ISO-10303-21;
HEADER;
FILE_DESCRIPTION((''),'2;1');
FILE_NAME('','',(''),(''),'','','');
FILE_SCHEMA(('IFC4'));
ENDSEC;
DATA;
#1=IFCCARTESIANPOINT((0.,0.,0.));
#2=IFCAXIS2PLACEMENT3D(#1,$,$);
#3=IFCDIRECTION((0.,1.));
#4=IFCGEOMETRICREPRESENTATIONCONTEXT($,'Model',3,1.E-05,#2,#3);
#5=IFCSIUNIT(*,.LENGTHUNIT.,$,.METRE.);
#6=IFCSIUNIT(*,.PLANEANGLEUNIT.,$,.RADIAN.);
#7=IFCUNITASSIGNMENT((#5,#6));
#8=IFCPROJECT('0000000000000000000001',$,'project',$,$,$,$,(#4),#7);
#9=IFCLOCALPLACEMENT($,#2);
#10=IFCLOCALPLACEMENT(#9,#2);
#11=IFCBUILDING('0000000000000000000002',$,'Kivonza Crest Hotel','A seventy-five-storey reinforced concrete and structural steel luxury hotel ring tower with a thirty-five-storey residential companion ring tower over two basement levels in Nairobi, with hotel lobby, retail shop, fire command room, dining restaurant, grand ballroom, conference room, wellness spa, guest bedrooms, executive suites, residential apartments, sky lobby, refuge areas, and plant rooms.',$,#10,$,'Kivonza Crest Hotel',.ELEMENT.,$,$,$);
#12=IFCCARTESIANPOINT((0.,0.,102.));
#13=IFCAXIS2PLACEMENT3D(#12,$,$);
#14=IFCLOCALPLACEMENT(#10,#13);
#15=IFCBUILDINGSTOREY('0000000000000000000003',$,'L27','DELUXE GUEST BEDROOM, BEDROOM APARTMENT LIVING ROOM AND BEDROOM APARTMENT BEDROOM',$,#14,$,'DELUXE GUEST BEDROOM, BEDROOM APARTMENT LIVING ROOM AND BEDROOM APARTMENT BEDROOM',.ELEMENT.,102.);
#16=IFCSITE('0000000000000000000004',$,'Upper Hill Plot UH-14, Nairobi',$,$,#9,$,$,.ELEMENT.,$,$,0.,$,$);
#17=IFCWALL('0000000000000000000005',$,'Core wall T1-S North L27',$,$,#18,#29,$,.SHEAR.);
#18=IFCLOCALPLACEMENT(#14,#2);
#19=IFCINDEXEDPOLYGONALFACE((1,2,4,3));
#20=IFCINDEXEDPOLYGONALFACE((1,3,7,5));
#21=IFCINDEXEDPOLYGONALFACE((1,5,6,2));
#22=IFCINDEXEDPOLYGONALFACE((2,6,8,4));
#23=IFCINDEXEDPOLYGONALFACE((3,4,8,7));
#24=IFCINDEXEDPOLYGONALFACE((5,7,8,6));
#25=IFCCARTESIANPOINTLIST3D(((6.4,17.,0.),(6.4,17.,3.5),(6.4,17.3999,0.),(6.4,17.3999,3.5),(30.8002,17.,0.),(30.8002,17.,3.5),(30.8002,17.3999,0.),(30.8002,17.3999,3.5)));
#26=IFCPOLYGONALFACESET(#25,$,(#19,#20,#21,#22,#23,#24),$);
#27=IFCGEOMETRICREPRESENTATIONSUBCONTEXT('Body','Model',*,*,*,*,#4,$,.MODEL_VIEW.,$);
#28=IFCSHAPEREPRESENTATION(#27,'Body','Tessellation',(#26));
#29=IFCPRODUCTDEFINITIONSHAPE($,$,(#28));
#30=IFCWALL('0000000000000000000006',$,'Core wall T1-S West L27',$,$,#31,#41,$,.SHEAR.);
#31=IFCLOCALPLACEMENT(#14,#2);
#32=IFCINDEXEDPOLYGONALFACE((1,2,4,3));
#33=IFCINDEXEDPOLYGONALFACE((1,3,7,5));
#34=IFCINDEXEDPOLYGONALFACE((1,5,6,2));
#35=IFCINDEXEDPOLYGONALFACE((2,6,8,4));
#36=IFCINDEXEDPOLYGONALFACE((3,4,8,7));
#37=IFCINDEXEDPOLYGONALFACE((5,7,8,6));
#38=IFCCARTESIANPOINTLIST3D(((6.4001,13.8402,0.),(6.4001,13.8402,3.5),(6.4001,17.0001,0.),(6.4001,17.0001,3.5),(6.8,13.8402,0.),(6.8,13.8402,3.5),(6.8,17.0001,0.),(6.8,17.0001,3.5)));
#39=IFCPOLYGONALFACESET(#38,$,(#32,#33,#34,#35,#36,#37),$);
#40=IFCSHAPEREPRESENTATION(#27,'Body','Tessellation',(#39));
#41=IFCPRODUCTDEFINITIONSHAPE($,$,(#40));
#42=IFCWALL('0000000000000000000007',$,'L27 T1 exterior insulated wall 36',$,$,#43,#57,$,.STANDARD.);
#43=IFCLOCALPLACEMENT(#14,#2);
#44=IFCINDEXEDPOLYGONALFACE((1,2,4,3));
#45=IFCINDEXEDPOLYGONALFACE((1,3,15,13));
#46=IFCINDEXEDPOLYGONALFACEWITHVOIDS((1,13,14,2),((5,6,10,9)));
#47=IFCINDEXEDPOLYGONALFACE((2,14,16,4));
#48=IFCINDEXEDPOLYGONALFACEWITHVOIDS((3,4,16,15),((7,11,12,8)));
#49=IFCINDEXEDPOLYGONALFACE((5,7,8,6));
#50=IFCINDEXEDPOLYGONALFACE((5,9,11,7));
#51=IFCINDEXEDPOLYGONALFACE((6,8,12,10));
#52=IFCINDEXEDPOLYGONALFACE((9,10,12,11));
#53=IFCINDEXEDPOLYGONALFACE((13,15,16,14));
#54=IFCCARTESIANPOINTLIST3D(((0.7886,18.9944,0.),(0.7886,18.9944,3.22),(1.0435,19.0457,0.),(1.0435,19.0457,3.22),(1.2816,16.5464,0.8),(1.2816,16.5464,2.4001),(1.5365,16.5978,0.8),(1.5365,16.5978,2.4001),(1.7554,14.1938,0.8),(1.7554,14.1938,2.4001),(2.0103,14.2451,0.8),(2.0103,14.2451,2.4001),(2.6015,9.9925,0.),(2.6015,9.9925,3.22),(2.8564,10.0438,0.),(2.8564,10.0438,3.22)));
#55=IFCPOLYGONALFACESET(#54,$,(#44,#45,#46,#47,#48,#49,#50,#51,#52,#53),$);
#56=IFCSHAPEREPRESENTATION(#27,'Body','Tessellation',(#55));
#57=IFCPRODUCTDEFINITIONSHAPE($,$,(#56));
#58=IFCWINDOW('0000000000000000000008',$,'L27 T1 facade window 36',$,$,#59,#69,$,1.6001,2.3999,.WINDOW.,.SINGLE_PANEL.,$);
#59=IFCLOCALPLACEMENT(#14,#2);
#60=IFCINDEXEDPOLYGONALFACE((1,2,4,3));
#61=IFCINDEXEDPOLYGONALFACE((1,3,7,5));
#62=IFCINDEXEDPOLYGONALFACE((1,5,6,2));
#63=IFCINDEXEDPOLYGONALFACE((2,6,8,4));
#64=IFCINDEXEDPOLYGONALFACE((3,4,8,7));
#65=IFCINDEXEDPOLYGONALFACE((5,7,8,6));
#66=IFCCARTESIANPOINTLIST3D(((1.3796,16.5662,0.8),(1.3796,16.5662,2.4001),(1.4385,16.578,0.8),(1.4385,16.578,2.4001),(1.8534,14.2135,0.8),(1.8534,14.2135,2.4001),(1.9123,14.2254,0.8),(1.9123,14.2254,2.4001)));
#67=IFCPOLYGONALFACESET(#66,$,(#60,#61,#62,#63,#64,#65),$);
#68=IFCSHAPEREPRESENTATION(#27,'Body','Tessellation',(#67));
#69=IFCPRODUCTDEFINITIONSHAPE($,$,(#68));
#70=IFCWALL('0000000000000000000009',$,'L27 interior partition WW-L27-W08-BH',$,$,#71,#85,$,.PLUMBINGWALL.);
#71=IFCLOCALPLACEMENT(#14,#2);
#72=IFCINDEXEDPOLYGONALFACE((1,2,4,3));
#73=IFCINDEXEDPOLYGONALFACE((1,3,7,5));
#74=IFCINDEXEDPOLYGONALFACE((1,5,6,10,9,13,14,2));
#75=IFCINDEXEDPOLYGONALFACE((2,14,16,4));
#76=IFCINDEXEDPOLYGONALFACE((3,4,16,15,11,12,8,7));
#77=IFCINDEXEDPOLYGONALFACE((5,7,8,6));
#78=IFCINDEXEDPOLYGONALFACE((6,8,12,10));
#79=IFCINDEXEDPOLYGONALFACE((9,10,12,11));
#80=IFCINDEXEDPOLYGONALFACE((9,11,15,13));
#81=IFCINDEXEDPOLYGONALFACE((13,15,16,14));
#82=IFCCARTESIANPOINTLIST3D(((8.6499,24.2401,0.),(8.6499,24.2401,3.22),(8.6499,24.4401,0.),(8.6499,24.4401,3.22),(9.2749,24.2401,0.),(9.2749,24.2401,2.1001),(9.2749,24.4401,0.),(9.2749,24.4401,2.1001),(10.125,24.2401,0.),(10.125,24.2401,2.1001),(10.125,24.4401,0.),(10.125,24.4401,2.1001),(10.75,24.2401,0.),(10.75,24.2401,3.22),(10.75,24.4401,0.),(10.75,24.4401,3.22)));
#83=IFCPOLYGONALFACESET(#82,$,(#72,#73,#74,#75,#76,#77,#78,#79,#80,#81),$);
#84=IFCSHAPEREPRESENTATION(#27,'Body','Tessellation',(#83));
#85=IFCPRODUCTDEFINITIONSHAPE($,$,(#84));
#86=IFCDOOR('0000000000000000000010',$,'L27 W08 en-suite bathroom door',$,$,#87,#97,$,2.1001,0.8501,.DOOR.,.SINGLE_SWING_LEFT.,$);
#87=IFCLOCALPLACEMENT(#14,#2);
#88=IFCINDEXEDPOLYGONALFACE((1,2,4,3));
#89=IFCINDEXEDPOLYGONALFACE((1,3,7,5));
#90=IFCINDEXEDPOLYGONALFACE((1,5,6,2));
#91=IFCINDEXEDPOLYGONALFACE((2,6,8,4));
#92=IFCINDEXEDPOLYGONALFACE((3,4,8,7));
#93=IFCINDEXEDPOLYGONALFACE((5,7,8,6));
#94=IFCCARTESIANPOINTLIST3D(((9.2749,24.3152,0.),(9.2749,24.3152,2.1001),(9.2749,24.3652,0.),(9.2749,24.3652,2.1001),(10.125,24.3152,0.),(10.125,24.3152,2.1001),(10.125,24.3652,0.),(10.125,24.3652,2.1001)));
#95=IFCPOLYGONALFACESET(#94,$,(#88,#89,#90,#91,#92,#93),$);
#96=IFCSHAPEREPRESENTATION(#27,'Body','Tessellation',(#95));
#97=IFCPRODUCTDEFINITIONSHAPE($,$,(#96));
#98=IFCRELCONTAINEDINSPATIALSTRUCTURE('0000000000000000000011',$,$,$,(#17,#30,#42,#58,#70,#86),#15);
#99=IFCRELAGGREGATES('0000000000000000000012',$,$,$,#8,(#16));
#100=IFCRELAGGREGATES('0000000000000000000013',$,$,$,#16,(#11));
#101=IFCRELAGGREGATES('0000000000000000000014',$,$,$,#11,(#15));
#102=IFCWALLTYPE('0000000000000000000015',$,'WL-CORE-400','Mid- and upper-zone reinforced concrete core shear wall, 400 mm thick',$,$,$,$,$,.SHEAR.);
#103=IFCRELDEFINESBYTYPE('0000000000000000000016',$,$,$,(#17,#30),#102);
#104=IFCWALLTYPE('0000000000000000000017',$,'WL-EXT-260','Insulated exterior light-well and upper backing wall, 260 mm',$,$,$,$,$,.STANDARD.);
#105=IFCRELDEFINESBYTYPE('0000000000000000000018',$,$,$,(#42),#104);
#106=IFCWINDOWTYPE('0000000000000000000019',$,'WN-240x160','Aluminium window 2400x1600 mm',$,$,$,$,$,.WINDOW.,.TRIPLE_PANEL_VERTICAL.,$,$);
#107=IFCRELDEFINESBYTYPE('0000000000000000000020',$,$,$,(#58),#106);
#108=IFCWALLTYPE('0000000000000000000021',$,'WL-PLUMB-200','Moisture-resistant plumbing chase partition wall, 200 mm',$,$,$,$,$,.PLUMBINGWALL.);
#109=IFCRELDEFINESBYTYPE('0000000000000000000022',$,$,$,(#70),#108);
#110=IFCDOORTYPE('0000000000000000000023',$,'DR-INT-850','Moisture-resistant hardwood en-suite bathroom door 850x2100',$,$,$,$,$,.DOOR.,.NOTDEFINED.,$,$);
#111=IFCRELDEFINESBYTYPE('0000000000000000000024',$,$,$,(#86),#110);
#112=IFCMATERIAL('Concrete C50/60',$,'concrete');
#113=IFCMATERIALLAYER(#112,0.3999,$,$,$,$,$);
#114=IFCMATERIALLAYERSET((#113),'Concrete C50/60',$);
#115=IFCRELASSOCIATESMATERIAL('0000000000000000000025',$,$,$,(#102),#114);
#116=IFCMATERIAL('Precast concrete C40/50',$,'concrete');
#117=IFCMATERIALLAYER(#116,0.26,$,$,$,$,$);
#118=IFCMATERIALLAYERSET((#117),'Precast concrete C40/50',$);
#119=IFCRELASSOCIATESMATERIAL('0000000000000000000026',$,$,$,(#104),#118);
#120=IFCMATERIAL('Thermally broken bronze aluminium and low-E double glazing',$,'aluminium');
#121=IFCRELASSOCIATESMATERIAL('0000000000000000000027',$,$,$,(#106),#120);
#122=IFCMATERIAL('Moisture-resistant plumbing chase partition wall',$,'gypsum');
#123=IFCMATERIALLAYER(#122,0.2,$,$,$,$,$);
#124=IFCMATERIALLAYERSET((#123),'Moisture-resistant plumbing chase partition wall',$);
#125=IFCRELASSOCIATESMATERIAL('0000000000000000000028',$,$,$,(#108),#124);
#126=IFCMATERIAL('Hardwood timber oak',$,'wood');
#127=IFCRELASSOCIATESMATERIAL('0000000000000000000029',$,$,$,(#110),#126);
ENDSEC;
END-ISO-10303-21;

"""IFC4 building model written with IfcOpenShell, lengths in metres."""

from ifc_helpers import new_model, si_unit, direction, frame, frame_2d, origin, place, context, subcontext, project, spatial, rectangle, extrude, material, layer, layer_set, type_object, element, fill, save


model = new_model("IFC4")

# Units and contexts
model_context = context("Model", 3, precision=1e-05, world=origin(), true_north=direction((0.0, 1.0)))
body_context = subcontext(model_context, "Body", "Model", "MODEL_VIEW")
ifc_project = project(units=[si_unit("LENGTHUNIT", "METRE"), si_unit("PLANEANGLEUNIT", "RADIAN")], contexts=[model_context])

# Site, building, storey
site_placement = place(None, origin())
site = spatial("IfcSite", under=ifc_project, at=site_placement, Name="Upper Hill Plot UH-14, Nairobi", CompositionType="ELEMENT", RefElevation=0.0)
building_placement = place(site_placement, origin())
building = spatial("IfcBuilding", under=site, at=building_placement, Name="Kivonza Crest Hotel", Description="A seventy-five-storey reinforced concrete and structural steel luxury hotel ring tower with a thirty-five-storey residential companion ring tower over two basement levels in Nairobi, with hotel lobby, retail shop, fire command room, dining restaurant, grand ballroom, conference room, wellness spa, guest bedrooms, executive suites, residential apartments, sky lobby, refuge areas, and plant rooms.", LongName="Kivonza Crest Hotel", CompositionType="ELEMENT")
storey_placement = place(building_placement, frame((0.0, 0.0, 102.0)))
storey = spatial("IfcBuildingStorey", under=building, at=storey_placement, Name="L27", Description="DELUXE GUEST BEDROOM, BEDROOM APARTMENT LIVING ROOM AND BEDROOM APARTMENT BEDROOM", LongName="DELUXE GUEST BEDROOM, BEDROOM APARTMENT LIVING ROOM AND BEDROOM APARTMENT BEDROOM", CompositionType="ELEMENT", Elevation=102.0)

# Shared definitions
ifc_material_1 = material(Name="Concrete C50/60", Category="concrete")

# Shared definitions
ifc_layer_1 = layer(ifc_material_1, 0.3999)
ifc_layer_set_1 = layer_set([ifc_layer_1], Name="Concrete C50/60")
wall_type_1 = type_object("IfcWallType", Name="WL-CORE-400", Description="Mid- and upper-zone reinforced concrete core shear wall, 400 mm thick", PredefinedType="SHEAR", material=ifc_layer_set_1)
ifc_material_2 = material(Name="Hardwood timber oak", Category="wood")

# Walls
wall_1_placement = place(storey_placement, frame((6.3999, 17.2, 0.0), z_axis=(0.0, 0.0, 1.0), x_axis=(1.0, 0.0, 0.0)))
element("IfcWall", 1, at=wall_1_placement, inside=storey, type_object=wall_type_1, Name="Core wall T1-S North L27", PredefinedType="SHEAR", context=body_context, shape_type="SweptSolid", body=[
    extrude(rectangle(XDim=24.4001, YDim=0.3999, at=frame_2d((12.2002, 0.0))), origin(), (0.0, 0.0, 1.0), 3.5),
])
wall_2_placement = place(storey_placement, frame((6.6001, 13.8401, 0.0), z_axis=(0.0, 0.0, 1.0), x_axis=(0.0, 1.0, 0.0)))
element("IfcWall", 2, at=wall_2_placement, inside=storey, type_object=wall_type_1, Name="Core wall T1-S West L27", PredefinedType="SHEAR", context=body_context, shape_type="SweptSolid", body=[
    extrude(rectangle(XDim=3.1599, YDim=0.3999, at=frame_2d((1.5801, 0.0))), origin(), (0.0, 0.0, 1.0), 3.5),
])

# Wall, opening, window
ifc_material_3 = material(Name="Precast concrete C40/50", Category="concrete")
ifc_layer_2 = layer(ifc_material_3, 0.26)
ifc_layer_set_2 = layer_set([ifc_layer_2], Name="Precast concrete C40/50")
wall_type_2 = type_object("IfcWallType", Name="WL-EXT-260", Description="Insulated exterior light-well and upper backing wall, 260 mm", PredefinedType="STANDARD", material=ifc_layer_set_2)
wall_3_placement = place(storey_placement, frame((0.916, 19.02, 0.0), z_axis=(0.0, 0.0, 1.0), x_axis=(0.197435, -0.980316, 0.0)))
wall_3 = element("IfcWall", 3, at=wall_3_placement, inside=storey, type_object=wall_type_2, Name="L27 T1 exterior insulated wall 36", PredefinedType="STANDARD", context=body_context, shape_type="SweptSolid", body=[
    extrude(rectangle(XDim=9.1826, YDim=0.26, at=frame_2d((4.5913, 0.0))), origin(), (0.0, 0.0, 1.0), 3.22),
])
opening_1_placement = place(wall_3_placement, frame((2.4971, 0.0, 0.8)))
opening_1 = element("IfcOpeningElement", 4, at=opening_1_placement, cuts=wall_3, PredefinedType="OPENING", context=body_context, shape_type="SweptSolid", body=[
    extrude(rectangle(XDim=2.3999, YDim=1.6001, at=frame_2d((1.2, 0.8))), frame((0.0, 0.1401, 0.0), z_axis=(0.0, -1.0, 0.0), x_axis=(1.0, 0.0, 0.0)), (0.0, 0.0, 1.0), 0.28),
])
ifc_material_4 = material(Name="Thermally broken bronze aluminium and low-E double glazing", Category="aluminium")
window_type = type_object("IfcWindowType", Name="WN-240x160", Description="Aluminium window 2400x1600 mm", PartitioningType="TRIPLE_PANEL_VERTICAL", PredefinedType="WINDOW", material=ifc_material_4)
window_placement = place(opening_1_placement, origin())
window = element("IfcWindow", 5, at=window_placement, inside=storey, type_object=window_type, Name="L27 T1 facade window 36", OverallHeight=1.6001, OverallWidth=2.3999, PartitioningType="SINGLE_PANEL", PredefinedType="WINDOW", context=body_context, shape_type="SweptSolid", body=[
    extrude(rectangle(XDim=2.3999, YDim=1.6001, at=frame_2d((1.2, 0.8))), frame((0.0, 0.03, 0.0), z_axis=(0.0, -1.0, 0.0), x_axis=(1.0, 0.0, 0.0)), (0.0, 0.0, 1.0), 0.0601),
])
fill(opening_1, window)

# Wall, opening, door
ifc_material_5 = material(Name="Moisture-resistant plumbing chase partition wall", Category="gypsum")
ifc_layer_3 = layer(ifc_material_5, 0.2)
ifc_layer_set_3 = layer_set([ifc_layer_3], Name="Moisture-resistant plumbing chase partition wall")
wall_type_3 = type_object("IfcWallType", Name="WL-PLUMB-200", Description="Moisture-resistant plumbing chase partition wall, 200 mm", PredefinedType="PLUMBINGWALL", material=ifc_layer_set_3)
wall_4_placement = place(storey_placement, frame((8.6499, 24.3401, 0.0), z_axis=(0.0, 0.0, 1.0), x_axis=(1.0, 0.0, 0.0)))
wall_4 = element("IfcWall", 6, at=wall_4_placement, inside=storey, type_object=wall_type_3, Name="L27 interior partition WW-L27-W08-BH", PredefinedType="PLUMBINGWALL", context=body_context, shape_type="SweptSolid", body=[
    extrude(rectangle(XDim=2.1001, YDim=0.2, at=frame_2d((1.05, 0.0))), origin(), (0.0, 0.0, 1.0), 3.22),
])
opening_2_placement = place(wall_4_placement, frame((0.625, 0.0, 0.0)))
opening_2 = element("IfcOpeningElement", 7, at=opening_2_placement, cuts=wall_4, PredefinedType="OPENING", context=body_context, shape_type="SweptSolid", body=[
    extrude(rectangle(XDim=0.8501, YDim=2.1001, at=frame_2d((0.425, 1.05))), frame((0.0, 0.1099, 0.0), z_axis=(0.0, -1.0, 0.0), x_axis=(1.0, 0.0, 0.0)), (0.0, 0.0, 1.0), 0.22),
])
door_type_1 = type_object("IfcDoorType", Name="DR-INT-850", Description="Moisture-resistant hardwood en-suite bathroom door 850x2100", OperationType="NOTDEFINED", PredefinedType="DOOR", material=ifc_material_2)
door_1_placement = place(opening_2_placement, frame((0.8501, 0.0, 0.0), z_axis=(0.0, 0.0, 1.0), x_axis=(-1.0, 0.0, 0.0)))
door_1 = element("IfcDoor", 8, at=door_1_placement, inside=storey, type_object=door_type_1, Name="L27 W08 en-suite bathroom door", OperationType="SINGLE_SWING_LEFT", OverallHeight=2.1001, OverallWidth=0.8501, PredefinedType="DOOR", context=body_context, shape_type="SweptSolid", body=[
    extrude(rectangle(XDim=0.8501, YDim=2.1001, at=frame_2d((0.425, 1.05))), frame((0.0, 0.0249, 0.0), z_axis=(0.0, -1.0, 0.0), x_axis=(1.0, 0.0, 0.0)), (0.0, 0.0, 1.0), 0.05),
])
fill(opening_2, door_1)

save(model, "model.ifc")
